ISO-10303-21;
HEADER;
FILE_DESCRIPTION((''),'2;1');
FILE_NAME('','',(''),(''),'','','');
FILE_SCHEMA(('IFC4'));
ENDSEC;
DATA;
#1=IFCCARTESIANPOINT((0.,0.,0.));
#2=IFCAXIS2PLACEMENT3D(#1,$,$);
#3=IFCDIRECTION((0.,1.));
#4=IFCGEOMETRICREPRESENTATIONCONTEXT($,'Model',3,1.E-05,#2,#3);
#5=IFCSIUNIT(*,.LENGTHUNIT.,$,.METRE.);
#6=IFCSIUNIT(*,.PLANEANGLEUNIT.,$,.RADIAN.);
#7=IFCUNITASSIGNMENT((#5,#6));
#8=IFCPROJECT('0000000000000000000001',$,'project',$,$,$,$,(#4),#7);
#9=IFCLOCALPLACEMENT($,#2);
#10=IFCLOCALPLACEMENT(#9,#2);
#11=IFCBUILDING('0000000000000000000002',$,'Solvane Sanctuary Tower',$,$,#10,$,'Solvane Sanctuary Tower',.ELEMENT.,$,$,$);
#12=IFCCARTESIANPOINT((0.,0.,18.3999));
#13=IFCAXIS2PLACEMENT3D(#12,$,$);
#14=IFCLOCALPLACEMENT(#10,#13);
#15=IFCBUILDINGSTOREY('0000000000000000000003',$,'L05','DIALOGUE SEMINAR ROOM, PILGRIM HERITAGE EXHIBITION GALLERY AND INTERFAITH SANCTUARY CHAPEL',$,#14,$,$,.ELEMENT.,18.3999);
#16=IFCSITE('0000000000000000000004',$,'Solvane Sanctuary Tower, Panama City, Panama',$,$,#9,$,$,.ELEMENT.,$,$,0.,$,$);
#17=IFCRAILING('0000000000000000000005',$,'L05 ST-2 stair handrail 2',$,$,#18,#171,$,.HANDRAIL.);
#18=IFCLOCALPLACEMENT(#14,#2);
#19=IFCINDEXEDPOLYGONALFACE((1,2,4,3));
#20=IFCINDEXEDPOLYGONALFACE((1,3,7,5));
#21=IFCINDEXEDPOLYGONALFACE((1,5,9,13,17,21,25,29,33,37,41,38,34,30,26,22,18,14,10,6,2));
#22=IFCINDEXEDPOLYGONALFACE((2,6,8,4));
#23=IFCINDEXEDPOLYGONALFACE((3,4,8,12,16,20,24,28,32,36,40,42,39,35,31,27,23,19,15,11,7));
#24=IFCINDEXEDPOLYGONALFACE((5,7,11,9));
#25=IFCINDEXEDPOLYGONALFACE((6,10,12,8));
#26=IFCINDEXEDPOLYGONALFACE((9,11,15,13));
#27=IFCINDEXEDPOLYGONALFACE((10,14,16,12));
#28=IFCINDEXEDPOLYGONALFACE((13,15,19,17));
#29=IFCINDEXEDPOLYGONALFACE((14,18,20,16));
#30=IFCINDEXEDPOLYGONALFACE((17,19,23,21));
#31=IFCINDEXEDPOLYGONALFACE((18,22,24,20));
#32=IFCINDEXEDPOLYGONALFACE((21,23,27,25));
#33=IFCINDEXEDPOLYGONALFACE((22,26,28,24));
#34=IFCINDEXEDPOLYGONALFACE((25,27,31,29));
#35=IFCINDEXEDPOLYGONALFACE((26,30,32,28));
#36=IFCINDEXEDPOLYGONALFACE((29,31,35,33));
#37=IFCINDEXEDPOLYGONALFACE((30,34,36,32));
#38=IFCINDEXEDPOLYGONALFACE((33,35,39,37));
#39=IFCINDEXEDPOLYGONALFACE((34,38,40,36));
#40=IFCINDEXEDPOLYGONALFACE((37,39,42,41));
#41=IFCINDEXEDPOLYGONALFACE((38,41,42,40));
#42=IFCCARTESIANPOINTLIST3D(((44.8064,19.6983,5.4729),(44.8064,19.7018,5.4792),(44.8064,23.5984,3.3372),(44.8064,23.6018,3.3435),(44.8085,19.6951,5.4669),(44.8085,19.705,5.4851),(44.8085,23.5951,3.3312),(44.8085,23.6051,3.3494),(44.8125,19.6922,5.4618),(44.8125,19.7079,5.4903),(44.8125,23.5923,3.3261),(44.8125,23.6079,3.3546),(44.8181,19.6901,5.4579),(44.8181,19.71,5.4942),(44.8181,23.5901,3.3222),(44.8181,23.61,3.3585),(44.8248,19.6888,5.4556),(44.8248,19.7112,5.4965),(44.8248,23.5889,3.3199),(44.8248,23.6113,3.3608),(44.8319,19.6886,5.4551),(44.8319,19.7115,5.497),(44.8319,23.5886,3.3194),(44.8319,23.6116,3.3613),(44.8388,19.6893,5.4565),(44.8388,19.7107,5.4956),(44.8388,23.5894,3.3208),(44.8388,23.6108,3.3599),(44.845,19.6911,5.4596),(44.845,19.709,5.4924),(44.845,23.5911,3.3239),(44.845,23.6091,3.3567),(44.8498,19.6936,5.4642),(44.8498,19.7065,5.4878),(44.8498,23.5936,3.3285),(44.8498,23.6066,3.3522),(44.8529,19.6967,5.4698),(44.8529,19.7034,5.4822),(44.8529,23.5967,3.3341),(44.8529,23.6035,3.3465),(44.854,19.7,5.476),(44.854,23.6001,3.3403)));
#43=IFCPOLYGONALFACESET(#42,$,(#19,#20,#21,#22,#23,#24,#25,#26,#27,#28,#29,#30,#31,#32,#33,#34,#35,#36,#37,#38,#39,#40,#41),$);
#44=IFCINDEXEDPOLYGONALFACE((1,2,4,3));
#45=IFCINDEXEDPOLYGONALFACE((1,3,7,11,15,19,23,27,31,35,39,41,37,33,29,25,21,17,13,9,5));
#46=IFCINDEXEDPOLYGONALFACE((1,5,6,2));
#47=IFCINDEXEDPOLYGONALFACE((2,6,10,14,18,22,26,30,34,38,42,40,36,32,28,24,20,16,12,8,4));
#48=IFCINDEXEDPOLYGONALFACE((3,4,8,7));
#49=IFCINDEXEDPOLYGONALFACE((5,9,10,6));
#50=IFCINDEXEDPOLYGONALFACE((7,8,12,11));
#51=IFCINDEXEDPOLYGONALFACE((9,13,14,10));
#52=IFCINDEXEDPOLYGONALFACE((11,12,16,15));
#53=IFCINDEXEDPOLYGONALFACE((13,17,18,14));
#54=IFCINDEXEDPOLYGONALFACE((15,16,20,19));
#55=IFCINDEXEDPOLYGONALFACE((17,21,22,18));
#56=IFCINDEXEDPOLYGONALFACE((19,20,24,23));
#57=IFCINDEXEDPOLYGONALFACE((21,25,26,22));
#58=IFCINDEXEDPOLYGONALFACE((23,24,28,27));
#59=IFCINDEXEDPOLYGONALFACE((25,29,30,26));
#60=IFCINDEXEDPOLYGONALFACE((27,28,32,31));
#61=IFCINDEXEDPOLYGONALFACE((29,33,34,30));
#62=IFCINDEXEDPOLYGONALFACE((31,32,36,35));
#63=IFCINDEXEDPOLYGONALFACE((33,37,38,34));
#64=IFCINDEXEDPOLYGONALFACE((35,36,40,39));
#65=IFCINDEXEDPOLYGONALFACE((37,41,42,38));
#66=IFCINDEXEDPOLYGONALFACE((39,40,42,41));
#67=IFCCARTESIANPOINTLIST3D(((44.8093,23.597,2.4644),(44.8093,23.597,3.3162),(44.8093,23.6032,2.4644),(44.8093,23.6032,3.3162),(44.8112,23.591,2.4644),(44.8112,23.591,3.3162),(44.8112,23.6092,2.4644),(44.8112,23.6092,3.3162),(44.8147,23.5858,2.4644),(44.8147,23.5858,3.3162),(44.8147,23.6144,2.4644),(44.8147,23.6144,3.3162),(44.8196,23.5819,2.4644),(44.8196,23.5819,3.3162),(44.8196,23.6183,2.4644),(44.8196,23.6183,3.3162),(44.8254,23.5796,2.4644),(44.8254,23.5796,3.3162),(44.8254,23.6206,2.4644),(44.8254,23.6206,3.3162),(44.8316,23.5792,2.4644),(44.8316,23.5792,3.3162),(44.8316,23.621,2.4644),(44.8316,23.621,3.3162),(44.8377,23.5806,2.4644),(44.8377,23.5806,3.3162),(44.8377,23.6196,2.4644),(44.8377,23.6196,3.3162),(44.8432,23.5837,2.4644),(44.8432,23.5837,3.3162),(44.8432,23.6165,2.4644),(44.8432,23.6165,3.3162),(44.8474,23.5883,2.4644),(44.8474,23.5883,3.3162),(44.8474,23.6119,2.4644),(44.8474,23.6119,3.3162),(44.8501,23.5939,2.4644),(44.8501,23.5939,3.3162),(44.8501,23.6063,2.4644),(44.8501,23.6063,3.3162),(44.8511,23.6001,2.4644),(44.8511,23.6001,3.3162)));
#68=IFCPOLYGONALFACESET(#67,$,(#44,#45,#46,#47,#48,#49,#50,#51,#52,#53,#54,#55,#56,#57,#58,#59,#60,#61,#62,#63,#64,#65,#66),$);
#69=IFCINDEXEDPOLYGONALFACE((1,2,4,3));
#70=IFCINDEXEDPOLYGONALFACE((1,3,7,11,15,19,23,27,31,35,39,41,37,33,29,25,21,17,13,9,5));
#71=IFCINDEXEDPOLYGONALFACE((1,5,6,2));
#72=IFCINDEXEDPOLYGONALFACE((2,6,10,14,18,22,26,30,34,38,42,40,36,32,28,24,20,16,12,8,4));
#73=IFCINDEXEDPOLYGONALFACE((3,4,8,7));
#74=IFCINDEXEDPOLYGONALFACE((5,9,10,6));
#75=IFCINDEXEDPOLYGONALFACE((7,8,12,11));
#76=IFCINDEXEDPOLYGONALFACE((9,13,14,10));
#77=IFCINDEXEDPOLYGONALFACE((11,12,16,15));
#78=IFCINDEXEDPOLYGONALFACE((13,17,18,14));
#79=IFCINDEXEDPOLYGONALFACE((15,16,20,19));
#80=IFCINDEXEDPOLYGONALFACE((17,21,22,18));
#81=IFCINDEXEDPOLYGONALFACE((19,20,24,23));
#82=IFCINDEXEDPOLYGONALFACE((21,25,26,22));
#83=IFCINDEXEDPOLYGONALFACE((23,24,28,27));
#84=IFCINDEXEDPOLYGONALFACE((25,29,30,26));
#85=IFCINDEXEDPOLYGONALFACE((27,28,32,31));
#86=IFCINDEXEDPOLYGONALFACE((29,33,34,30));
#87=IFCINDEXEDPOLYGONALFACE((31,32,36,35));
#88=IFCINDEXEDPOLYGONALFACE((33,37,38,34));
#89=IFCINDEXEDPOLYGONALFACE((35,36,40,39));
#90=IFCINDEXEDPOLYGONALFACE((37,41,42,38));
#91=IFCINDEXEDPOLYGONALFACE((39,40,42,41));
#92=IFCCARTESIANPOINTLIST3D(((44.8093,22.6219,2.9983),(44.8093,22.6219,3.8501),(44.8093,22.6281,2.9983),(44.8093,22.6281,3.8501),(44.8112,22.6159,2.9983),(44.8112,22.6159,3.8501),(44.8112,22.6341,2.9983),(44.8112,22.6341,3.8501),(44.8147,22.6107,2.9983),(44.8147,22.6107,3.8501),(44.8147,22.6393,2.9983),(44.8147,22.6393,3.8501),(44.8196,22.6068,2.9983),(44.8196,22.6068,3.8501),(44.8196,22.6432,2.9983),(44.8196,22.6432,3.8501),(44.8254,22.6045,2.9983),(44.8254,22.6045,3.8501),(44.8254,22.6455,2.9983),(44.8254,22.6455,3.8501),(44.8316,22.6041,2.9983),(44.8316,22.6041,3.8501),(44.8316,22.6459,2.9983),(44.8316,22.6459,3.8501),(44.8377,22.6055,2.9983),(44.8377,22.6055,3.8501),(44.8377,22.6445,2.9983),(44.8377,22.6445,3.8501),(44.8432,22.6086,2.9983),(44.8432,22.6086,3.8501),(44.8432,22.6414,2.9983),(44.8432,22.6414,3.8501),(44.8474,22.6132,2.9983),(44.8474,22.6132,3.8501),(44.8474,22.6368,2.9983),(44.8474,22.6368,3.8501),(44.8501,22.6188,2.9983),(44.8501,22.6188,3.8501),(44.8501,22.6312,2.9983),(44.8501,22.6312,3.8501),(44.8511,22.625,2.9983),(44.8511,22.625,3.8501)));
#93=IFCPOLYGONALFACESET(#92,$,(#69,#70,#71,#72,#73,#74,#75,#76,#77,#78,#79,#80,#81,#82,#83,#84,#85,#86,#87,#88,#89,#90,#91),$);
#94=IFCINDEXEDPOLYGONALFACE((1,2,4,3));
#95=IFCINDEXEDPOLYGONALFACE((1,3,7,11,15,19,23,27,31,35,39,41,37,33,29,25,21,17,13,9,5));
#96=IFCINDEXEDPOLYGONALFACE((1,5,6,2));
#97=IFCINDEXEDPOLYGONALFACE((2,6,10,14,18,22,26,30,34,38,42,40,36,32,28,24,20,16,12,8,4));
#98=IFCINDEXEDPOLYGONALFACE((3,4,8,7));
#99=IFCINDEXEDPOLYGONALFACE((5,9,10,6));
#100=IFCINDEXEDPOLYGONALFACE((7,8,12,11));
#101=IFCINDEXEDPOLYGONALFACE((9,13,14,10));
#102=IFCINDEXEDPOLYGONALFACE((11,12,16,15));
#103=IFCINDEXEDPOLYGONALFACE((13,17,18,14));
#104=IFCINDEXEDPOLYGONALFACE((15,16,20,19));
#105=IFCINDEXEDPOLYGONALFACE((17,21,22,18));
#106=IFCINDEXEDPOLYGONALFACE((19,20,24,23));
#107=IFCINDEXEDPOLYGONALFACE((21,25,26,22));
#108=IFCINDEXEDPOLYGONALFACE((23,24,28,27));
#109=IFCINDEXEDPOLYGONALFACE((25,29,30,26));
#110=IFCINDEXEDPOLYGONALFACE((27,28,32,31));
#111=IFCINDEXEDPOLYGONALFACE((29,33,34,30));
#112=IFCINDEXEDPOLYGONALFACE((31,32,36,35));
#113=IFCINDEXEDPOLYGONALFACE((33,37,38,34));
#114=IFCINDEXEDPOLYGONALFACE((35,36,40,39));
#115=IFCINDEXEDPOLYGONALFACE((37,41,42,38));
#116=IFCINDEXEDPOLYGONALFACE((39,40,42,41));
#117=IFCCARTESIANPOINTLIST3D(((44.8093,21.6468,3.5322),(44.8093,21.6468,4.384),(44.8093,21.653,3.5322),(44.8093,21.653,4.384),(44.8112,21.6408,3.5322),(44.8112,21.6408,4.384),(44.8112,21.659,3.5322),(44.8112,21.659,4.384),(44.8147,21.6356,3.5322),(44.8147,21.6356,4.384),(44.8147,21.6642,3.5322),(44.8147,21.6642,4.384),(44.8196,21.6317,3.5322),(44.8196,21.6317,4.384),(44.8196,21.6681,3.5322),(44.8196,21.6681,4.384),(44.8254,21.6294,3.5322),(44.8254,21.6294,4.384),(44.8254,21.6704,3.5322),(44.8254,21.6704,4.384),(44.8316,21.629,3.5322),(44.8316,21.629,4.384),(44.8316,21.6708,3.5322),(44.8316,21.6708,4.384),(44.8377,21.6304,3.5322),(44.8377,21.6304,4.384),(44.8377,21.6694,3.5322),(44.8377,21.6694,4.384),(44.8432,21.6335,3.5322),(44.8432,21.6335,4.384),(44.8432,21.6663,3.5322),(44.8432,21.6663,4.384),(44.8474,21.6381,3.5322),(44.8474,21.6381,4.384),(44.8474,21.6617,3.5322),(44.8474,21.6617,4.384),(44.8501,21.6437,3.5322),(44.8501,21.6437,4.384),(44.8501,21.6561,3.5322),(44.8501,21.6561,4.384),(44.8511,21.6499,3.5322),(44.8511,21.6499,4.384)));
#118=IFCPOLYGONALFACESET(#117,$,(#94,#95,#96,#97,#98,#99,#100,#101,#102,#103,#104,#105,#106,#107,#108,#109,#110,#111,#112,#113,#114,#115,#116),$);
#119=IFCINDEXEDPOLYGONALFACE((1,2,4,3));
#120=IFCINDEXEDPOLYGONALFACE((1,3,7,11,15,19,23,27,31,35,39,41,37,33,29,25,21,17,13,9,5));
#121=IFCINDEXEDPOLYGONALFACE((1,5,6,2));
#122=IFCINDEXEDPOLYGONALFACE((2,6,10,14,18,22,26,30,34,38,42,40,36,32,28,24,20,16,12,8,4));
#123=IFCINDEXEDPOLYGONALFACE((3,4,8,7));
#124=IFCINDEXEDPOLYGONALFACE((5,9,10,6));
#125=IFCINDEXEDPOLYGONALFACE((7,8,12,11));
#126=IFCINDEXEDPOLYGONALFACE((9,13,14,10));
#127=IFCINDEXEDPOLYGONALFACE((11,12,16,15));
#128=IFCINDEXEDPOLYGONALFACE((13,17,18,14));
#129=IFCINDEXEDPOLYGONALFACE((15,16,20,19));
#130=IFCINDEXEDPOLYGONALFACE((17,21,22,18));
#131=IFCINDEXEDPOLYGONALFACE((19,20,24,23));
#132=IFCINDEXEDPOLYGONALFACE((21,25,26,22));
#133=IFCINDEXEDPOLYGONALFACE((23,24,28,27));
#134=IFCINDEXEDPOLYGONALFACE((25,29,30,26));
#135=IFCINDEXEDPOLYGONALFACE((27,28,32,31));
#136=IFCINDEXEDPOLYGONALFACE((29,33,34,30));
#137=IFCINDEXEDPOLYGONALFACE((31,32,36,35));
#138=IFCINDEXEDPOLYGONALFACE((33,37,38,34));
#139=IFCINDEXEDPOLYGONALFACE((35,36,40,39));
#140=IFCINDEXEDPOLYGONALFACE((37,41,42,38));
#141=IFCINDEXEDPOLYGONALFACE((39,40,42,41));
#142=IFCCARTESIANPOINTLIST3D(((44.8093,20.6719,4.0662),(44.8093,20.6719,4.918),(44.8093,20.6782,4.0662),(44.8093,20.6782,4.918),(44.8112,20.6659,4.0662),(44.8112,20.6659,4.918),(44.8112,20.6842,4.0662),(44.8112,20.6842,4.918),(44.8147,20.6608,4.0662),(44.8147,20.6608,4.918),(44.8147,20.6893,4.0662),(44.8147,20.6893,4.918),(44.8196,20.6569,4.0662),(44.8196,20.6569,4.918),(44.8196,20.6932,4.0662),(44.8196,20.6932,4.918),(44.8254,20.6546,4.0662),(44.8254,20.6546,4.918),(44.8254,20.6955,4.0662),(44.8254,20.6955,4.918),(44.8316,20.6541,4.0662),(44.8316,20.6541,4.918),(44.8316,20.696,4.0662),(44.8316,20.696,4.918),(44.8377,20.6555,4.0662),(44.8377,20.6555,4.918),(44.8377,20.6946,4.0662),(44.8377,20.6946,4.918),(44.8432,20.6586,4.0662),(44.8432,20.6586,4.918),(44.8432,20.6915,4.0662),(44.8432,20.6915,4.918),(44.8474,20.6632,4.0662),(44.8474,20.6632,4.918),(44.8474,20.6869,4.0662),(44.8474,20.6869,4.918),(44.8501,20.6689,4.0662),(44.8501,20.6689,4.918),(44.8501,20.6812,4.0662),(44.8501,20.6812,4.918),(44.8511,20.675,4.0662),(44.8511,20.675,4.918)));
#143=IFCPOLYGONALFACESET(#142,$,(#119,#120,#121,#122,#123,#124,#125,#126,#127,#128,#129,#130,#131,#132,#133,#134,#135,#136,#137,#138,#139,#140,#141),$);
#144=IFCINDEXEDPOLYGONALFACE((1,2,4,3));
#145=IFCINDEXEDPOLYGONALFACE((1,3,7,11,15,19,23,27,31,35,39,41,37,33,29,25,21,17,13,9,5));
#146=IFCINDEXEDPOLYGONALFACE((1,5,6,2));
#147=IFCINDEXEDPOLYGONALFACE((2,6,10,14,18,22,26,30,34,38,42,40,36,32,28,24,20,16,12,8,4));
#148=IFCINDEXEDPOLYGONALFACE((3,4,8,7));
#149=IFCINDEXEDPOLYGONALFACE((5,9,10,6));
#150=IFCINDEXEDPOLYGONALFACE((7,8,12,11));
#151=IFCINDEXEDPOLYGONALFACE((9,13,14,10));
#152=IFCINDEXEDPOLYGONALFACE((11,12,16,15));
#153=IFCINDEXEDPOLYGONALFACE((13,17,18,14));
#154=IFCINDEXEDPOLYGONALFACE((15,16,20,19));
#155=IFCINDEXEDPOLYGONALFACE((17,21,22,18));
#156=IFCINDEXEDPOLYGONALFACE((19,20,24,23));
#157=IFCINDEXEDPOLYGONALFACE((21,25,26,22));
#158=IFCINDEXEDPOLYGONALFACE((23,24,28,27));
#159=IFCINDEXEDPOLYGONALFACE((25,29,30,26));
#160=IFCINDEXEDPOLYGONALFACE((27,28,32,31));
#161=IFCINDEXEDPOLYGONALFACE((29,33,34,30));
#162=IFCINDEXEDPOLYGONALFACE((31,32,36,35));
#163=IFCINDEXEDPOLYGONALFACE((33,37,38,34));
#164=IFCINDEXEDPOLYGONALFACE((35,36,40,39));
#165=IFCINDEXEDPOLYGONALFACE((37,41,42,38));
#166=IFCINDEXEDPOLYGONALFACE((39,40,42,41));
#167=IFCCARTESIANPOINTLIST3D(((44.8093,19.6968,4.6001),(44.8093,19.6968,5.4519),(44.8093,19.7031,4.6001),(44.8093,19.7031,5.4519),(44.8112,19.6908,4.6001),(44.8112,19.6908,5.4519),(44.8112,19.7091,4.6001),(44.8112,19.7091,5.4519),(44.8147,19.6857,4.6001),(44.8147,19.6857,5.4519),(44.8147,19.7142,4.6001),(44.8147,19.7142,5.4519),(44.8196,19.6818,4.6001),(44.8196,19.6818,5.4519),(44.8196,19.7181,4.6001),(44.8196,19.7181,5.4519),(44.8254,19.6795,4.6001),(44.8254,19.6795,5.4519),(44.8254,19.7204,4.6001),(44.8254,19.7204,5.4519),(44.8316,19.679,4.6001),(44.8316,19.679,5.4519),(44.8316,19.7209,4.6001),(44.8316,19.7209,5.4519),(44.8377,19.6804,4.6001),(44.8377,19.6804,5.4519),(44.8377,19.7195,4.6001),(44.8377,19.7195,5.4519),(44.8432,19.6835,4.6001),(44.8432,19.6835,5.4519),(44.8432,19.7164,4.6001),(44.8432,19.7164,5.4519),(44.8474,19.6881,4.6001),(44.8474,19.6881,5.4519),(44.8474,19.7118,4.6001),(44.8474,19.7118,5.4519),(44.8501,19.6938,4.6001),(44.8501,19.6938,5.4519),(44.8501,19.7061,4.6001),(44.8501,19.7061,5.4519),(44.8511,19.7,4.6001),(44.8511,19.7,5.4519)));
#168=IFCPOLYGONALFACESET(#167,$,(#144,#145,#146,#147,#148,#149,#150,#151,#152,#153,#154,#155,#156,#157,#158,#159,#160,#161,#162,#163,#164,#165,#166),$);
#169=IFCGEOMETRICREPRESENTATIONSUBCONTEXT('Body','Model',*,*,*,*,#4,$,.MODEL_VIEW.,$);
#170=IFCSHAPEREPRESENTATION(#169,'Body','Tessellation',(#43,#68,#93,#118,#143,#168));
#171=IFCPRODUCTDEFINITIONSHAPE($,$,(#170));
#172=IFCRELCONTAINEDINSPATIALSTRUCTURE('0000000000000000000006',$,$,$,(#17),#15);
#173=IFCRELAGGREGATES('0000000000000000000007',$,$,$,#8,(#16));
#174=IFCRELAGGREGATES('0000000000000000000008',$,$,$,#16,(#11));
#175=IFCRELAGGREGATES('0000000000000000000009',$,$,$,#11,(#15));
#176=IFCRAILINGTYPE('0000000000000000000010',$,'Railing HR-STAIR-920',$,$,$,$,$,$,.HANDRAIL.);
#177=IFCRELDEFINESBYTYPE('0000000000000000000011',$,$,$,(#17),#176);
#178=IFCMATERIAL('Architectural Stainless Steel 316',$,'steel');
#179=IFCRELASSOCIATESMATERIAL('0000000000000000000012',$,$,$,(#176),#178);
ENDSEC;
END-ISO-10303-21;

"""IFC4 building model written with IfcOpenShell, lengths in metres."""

from ifc_helpers import new_model, si_unit, direction, frame, origin, origin_2d, place, context, subcontext, project, spatial, circle, extrude, material, type_object, element, save


model = new_model("IFC4")

# Units and contexts
model_context = context("Model", 3, precision=1e-05, world=origin(), true_north=direction((0.0, 1.0)))
body_context = subcontext(model_context, "Body", "Model", "MODEL_VIEW")
ifc_project = project(units=[si_unit("LENGTHUNIT", "METRE"), si_unit("PLANEANGLEUNIT", "RADIAN")], contexts=[model_context])

# Site, building, storey
site_placement = place(None, origin())
site = spatial("IfcSite", under=ifc_project, at=site_placement, Name="Solvane Sanctuary Tower, Panama City, Panama", CompositionType="ELEMENT", RefElevation=0.0)
building_placement = place(site_placement, origin())
building = spatial("IfcBuilding", under=site, at=building_placement, Name="Solvane Sanctuary Tower", LongName="Solvane Sanctuary Tower", CompositionType="ELEMENT")
storey_placement = place(building_placement, frame((0.0, 0.0, 18.3999)))
storey = spatial("IfcBuildingStorey", under=building, at=storey_placement, Name="L05", Description="DIALOGUE SEMINAR ROOM, PILGRIM HERITAGE EXHIBITION GALLERY AND INTERFAITH SANCTUARY CHAPEL", CompositionType="ELEMENT", Elevation=18.3999)

# Railing
ifc_material_1 = material(Name="Architectural Stainless Steel 316", Category="steel")
railing_type_1 = type_object("IfcRailingType", Name="Railing HR-STAIR-920", PredefinedType="HANDRAIL", material=ifc_material_1)
railing_1_placement = place(storey_placement, frame((44.8301, 23.6001, 2.4644)))
element("IfcRailing", 1, at=railing_1_placement, inside=storey, type_object=railing_type_1, Name="L05 ST-2 stair handrail 2", PredefinedType="HANDRAIL", context=body_context, shape_type="SweptSolid", body=[
    extrude(circle(Radius=0.0239, at=origin_2d()), frame((0.0, 0.0, 0.876), z_axis=(0.0, -0.877101, 0.480306), x_axis=(1.0, 0.0, 0.0)), (0.0, 0.0, 1.0), 4.4465),
    extrude(circle(Radius=0.021, at=origin_2d()), origin(), (0.0, 0.0, 1.0), 0.8518),
    extrude(circle(Radius=0.021, at=origin_2d()), frame((0.0, -0.9751, 0.5339)), (0.0, 0.0, 1.0), 0.8518),
    extrude(circle(Radius=0.021, at=origin_2d()), frame((0.0, -1.9502, 1.0679)), (0.0, 0.0, 1.0), 0.8518),
    extrude(circle(Radius=0.021, at=origin_2d()), frame((0.0, -2.925, 1.6018)), (0.0, 0.0, 1.0), 0.8518),
    extrude(circle(Radius=0.021, at=origin_2d()), frame((0.0, -3.9001, 2.1357)), (0.0, 0.0, 1.0), 0.8518),
])

save(model, "model.ifc")
